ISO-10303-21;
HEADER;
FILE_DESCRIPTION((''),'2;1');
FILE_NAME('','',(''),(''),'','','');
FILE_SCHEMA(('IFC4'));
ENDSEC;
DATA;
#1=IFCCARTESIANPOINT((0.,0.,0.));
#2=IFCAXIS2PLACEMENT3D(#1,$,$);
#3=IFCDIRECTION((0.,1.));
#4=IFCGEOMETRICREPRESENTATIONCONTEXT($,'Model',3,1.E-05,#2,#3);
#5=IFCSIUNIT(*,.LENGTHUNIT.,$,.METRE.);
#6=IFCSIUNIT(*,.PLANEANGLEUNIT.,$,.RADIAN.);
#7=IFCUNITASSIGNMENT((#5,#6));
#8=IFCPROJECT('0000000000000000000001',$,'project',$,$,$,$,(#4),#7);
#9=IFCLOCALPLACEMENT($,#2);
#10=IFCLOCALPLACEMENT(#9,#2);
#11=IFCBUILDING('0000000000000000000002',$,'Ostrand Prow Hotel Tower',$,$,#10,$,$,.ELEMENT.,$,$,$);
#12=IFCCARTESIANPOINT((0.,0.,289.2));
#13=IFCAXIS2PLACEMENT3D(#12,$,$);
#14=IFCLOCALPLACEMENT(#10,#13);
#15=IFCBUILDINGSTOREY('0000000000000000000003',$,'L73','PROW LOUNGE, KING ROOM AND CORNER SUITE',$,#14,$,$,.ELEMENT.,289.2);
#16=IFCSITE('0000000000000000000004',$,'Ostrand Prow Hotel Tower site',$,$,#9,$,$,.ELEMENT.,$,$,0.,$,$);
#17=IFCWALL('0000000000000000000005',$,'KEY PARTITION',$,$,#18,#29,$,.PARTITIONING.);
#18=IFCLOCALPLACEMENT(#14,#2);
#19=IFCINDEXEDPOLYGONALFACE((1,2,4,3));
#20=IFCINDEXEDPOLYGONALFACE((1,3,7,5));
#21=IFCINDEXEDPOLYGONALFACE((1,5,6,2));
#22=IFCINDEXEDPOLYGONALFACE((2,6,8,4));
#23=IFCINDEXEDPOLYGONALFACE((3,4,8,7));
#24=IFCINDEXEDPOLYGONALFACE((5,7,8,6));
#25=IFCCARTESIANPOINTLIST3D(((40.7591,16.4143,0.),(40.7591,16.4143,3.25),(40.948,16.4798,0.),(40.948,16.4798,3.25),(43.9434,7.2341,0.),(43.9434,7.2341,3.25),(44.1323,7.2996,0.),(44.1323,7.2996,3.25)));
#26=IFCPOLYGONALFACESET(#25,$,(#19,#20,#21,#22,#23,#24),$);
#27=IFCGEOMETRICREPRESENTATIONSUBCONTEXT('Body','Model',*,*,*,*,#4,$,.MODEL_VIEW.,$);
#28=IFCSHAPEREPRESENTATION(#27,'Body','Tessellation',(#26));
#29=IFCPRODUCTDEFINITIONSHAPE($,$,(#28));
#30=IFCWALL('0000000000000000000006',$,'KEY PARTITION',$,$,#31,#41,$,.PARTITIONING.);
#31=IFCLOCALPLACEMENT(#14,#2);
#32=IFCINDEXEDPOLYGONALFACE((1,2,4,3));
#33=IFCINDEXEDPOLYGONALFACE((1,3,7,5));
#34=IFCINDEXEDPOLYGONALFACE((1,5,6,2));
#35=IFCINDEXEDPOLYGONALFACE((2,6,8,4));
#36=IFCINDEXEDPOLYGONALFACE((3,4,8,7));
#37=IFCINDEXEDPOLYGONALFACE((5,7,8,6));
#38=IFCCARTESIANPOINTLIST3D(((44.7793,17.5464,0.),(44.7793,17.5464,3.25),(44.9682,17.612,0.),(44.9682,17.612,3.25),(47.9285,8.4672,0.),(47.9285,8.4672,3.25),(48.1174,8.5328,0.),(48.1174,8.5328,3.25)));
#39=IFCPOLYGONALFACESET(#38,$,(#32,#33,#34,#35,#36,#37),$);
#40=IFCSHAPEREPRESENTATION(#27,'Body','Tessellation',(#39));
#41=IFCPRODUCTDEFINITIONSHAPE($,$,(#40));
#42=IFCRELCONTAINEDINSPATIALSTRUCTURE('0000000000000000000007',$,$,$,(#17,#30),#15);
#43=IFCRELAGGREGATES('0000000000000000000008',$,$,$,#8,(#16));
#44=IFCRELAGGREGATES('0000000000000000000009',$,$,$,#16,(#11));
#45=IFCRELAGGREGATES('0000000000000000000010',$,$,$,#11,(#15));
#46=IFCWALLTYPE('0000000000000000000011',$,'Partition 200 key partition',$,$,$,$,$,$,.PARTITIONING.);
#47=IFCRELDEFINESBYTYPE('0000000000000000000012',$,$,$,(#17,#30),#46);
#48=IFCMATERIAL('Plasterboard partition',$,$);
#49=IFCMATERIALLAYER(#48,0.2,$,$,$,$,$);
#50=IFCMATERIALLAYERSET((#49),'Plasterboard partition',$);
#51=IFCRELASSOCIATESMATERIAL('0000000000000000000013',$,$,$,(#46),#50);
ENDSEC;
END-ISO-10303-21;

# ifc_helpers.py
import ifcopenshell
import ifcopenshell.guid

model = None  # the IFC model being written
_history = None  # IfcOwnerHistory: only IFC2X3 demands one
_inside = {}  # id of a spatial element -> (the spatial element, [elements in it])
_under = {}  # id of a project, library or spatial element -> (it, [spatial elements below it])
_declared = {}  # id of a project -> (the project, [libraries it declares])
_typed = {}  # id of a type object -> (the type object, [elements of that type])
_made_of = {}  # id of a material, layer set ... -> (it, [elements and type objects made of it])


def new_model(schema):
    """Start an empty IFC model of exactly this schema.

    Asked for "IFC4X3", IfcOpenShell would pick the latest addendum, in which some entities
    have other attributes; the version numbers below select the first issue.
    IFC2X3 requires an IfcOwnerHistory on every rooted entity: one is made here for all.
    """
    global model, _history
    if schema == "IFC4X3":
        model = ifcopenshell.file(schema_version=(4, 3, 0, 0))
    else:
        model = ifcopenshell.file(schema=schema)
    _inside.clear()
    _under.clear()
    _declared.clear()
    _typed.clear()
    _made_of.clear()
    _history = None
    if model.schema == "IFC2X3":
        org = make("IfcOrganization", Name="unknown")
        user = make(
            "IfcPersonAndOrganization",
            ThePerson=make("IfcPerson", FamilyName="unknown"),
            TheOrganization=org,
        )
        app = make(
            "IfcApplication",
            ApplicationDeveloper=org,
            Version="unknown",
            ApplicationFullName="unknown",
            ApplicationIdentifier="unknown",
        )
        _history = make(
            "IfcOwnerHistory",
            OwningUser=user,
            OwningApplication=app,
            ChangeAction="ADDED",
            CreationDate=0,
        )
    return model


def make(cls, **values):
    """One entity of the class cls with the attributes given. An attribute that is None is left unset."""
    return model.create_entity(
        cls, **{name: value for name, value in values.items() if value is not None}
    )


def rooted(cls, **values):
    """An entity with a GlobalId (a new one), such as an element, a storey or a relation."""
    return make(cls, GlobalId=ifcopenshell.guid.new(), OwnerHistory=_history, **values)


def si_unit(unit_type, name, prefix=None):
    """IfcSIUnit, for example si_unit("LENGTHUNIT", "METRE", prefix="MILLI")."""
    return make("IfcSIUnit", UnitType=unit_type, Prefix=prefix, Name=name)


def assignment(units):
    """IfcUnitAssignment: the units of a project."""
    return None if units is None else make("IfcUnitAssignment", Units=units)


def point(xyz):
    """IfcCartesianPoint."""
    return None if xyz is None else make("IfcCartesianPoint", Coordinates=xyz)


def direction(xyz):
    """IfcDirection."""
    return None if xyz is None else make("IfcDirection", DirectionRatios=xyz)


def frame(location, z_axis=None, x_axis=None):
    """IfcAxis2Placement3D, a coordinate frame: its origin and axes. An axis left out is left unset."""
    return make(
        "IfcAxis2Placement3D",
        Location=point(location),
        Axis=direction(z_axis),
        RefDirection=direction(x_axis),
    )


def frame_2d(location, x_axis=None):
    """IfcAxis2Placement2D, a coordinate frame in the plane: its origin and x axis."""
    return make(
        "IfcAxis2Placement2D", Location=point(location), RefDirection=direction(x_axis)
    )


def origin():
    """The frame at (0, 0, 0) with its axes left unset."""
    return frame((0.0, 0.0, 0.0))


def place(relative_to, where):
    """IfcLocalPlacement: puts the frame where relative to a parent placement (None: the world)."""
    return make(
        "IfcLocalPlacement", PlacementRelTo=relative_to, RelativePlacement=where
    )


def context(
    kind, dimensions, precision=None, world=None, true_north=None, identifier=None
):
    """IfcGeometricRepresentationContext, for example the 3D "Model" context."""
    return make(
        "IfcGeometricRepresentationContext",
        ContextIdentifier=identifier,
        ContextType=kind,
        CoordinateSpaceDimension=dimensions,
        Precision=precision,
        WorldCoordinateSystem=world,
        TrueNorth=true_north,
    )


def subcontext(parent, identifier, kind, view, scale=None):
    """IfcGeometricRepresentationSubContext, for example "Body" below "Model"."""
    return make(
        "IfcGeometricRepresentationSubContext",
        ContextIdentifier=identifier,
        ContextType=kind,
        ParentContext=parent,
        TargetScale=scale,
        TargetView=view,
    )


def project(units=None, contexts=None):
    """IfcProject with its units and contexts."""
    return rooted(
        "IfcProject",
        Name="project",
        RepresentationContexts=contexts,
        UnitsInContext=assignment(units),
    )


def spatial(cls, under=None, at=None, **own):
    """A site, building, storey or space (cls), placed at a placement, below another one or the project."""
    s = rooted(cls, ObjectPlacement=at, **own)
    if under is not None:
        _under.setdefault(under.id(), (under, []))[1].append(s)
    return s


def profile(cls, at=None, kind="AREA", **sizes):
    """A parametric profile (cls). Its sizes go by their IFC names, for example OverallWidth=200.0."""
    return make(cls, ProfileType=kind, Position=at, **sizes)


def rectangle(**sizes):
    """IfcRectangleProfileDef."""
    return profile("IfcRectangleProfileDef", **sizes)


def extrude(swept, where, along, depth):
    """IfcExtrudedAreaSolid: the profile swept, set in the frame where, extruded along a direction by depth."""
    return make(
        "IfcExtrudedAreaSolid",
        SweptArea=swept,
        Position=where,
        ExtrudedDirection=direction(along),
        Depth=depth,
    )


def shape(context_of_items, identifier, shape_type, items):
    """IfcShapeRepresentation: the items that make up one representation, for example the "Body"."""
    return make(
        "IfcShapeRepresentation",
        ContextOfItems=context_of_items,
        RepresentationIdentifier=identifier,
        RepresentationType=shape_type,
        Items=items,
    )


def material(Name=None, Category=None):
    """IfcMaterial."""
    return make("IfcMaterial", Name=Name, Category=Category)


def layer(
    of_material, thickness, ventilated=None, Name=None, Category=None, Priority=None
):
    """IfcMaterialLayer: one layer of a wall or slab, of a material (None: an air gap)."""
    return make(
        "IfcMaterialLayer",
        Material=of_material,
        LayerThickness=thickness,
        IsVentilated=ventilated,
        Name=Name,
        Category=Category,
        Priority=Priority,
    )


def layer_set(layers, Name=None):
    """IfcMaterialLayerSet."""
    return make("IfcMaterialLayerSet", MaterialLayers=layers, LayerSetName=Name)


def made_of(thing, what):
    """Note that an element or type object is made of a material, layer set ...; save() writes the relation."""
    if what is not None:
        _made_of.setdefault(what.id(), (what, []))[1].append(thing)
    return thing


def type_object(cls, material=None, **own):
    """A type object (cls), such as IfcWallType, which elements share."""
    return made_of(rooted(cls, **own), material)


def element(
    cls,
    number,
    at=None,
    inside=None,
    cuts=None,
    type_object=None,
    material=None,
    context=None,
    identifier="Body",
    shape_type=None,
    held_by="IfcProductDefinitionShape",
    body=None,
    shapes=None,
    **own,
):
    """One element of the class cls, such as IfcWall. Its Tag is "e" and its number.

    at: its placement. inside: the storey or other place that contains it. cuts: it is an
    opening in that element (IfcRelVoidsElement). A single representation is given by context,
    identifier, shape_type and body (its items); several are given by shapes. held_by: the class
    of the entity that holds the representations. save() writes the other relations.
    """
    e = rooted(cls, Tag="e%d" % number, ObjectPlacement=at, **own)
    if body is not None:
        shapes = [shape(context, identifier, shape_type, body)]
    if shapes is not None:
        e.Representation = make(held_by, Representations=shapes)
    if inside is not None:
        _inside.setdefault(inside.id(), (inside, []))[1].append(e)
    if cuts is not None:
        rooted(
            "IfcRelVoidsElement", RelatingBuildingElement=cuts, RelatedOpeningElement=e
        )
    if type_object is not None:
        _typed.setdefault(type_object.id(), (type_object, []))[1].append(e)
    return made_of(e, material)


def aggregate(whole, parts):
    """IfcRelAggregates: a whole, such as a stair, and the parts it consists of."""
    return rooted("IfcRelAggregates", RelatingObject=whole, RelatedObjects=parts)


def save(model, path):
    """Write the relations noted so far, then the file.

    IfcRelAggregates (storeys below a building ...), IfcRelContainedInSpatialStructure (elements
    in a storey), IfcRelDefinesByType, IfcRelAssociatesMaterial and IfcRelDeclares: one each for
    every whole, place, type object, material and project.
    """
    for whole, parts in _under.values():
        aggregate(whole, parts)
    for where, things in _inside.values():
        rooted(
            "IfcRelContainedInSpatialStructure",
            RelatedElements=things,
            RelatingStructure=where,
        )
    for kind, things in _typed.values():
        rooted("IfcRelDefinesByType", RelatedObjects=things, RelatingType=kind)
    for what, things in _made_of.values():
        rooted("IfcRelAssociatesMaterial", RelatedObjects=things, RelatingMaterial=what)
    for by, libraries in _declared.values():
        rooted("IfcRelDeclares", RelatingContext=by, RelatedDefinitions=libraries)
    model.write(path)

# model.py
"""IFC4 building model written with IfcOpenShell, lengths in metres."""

from ifc_helpers import new_model, si_unit, direction, frame, frame_2d, origin, place, context, subcontext, project, spatial, rectangle, extrude, material, layer, layer_set, type_object, element, save


model = new_model("IFC4")

# Units and contexts
model_context = context("Model", 3, precision=1e-05, world=origin(), true_north=direction((0.0, 1.0)))
body_context = subcontext(model_context, "Body", "Model", "MODEL_VIEW")
ifc_project = project(units=[si_unit("LENGTHUNIT", "METRE"), si_unit("PLANEANGLEUNIT", "RADIAN")], contexts=[model_context])

# Site, building, storey
site_placement = place(None, origin())
site = spatial("IfcSite", under=ifc_project, at=site_placement, Name="Ostrand Prow Hotel Tower site", CompositionType="ELEMENT", RefElevation=0.0)
building_placement = place(site_placement, origin())
building = spatial("IfcBuilding", under=site, at=building_placement, Name="Ostrand Prow Hotel Tower", CompositionType="ELEMENT")
storey_placement = place(building_placement, frame((0.0, 0.0, 289.2)))
storey = spatial("IfcBuildingStorey", under=building, at=storey_placement, Name="L73", Description="PROW LOUNGE, KING ROOM AND CORNER SUITE", CompositionType="ELEMENT", Elevation=289.2)

# Walls
ifc_material_1 = material(Name="Plasterboard partition")
ifc_layer_1 = layer(ifc_material_1, 0.2)
ifc_layer_set_1 = layer_set([ifc_layer_1], Name="Plasterboard partition")
wall_type_1 = type_object("IfcWallType", Name="Partition 200 key partition", PredefinedType="PARTITIONING", material=ifc_layer_set_1)
wall_1_placement = place(storey_placement, frame((44.0378, 7.2668, 0.0), z_axis=(0.0, 0.0, 1.0), x_axis=(-0.327715, 0.944777, 0.0)))
element("IfcWall", 1, at=wall_1_placement, inside=storey, type_object=wall_type_1, Name="KEY PARTITION", PredefinedType="PARTITIONING", context=body_context, shape_type="SweptSolid", body=[
    extrude(rectangle(XDim=9.7168, YDim=0.2, at=frame_2d((4.8584, 0.0))), origin(), (0.0, 0.0, 1.0), 3.25),
])
wall_2_placement = place(storey_placement, frame((48.0229, 8.5, 0.0), z_axis=(0.0, 0.0, 1.0), x_axis=(-0.327706, 0.94478, 0.0)))
element("IfcWall", 2, at=wall_2_placement, inside=storey, type_object=wall_type_1, Name="KEY PARTITION", PredefinedType="PARTITIONING", context=body_context, shape_type="SweptSolid", body=[
    extrude(rectangle(XDim=9.6099, YDim=0.2, at=frame_2d((4.8049, 0.0))), origin(), (0.0, 0.0, 1.0), 3.25),
])

save(model, "model.ifc")
